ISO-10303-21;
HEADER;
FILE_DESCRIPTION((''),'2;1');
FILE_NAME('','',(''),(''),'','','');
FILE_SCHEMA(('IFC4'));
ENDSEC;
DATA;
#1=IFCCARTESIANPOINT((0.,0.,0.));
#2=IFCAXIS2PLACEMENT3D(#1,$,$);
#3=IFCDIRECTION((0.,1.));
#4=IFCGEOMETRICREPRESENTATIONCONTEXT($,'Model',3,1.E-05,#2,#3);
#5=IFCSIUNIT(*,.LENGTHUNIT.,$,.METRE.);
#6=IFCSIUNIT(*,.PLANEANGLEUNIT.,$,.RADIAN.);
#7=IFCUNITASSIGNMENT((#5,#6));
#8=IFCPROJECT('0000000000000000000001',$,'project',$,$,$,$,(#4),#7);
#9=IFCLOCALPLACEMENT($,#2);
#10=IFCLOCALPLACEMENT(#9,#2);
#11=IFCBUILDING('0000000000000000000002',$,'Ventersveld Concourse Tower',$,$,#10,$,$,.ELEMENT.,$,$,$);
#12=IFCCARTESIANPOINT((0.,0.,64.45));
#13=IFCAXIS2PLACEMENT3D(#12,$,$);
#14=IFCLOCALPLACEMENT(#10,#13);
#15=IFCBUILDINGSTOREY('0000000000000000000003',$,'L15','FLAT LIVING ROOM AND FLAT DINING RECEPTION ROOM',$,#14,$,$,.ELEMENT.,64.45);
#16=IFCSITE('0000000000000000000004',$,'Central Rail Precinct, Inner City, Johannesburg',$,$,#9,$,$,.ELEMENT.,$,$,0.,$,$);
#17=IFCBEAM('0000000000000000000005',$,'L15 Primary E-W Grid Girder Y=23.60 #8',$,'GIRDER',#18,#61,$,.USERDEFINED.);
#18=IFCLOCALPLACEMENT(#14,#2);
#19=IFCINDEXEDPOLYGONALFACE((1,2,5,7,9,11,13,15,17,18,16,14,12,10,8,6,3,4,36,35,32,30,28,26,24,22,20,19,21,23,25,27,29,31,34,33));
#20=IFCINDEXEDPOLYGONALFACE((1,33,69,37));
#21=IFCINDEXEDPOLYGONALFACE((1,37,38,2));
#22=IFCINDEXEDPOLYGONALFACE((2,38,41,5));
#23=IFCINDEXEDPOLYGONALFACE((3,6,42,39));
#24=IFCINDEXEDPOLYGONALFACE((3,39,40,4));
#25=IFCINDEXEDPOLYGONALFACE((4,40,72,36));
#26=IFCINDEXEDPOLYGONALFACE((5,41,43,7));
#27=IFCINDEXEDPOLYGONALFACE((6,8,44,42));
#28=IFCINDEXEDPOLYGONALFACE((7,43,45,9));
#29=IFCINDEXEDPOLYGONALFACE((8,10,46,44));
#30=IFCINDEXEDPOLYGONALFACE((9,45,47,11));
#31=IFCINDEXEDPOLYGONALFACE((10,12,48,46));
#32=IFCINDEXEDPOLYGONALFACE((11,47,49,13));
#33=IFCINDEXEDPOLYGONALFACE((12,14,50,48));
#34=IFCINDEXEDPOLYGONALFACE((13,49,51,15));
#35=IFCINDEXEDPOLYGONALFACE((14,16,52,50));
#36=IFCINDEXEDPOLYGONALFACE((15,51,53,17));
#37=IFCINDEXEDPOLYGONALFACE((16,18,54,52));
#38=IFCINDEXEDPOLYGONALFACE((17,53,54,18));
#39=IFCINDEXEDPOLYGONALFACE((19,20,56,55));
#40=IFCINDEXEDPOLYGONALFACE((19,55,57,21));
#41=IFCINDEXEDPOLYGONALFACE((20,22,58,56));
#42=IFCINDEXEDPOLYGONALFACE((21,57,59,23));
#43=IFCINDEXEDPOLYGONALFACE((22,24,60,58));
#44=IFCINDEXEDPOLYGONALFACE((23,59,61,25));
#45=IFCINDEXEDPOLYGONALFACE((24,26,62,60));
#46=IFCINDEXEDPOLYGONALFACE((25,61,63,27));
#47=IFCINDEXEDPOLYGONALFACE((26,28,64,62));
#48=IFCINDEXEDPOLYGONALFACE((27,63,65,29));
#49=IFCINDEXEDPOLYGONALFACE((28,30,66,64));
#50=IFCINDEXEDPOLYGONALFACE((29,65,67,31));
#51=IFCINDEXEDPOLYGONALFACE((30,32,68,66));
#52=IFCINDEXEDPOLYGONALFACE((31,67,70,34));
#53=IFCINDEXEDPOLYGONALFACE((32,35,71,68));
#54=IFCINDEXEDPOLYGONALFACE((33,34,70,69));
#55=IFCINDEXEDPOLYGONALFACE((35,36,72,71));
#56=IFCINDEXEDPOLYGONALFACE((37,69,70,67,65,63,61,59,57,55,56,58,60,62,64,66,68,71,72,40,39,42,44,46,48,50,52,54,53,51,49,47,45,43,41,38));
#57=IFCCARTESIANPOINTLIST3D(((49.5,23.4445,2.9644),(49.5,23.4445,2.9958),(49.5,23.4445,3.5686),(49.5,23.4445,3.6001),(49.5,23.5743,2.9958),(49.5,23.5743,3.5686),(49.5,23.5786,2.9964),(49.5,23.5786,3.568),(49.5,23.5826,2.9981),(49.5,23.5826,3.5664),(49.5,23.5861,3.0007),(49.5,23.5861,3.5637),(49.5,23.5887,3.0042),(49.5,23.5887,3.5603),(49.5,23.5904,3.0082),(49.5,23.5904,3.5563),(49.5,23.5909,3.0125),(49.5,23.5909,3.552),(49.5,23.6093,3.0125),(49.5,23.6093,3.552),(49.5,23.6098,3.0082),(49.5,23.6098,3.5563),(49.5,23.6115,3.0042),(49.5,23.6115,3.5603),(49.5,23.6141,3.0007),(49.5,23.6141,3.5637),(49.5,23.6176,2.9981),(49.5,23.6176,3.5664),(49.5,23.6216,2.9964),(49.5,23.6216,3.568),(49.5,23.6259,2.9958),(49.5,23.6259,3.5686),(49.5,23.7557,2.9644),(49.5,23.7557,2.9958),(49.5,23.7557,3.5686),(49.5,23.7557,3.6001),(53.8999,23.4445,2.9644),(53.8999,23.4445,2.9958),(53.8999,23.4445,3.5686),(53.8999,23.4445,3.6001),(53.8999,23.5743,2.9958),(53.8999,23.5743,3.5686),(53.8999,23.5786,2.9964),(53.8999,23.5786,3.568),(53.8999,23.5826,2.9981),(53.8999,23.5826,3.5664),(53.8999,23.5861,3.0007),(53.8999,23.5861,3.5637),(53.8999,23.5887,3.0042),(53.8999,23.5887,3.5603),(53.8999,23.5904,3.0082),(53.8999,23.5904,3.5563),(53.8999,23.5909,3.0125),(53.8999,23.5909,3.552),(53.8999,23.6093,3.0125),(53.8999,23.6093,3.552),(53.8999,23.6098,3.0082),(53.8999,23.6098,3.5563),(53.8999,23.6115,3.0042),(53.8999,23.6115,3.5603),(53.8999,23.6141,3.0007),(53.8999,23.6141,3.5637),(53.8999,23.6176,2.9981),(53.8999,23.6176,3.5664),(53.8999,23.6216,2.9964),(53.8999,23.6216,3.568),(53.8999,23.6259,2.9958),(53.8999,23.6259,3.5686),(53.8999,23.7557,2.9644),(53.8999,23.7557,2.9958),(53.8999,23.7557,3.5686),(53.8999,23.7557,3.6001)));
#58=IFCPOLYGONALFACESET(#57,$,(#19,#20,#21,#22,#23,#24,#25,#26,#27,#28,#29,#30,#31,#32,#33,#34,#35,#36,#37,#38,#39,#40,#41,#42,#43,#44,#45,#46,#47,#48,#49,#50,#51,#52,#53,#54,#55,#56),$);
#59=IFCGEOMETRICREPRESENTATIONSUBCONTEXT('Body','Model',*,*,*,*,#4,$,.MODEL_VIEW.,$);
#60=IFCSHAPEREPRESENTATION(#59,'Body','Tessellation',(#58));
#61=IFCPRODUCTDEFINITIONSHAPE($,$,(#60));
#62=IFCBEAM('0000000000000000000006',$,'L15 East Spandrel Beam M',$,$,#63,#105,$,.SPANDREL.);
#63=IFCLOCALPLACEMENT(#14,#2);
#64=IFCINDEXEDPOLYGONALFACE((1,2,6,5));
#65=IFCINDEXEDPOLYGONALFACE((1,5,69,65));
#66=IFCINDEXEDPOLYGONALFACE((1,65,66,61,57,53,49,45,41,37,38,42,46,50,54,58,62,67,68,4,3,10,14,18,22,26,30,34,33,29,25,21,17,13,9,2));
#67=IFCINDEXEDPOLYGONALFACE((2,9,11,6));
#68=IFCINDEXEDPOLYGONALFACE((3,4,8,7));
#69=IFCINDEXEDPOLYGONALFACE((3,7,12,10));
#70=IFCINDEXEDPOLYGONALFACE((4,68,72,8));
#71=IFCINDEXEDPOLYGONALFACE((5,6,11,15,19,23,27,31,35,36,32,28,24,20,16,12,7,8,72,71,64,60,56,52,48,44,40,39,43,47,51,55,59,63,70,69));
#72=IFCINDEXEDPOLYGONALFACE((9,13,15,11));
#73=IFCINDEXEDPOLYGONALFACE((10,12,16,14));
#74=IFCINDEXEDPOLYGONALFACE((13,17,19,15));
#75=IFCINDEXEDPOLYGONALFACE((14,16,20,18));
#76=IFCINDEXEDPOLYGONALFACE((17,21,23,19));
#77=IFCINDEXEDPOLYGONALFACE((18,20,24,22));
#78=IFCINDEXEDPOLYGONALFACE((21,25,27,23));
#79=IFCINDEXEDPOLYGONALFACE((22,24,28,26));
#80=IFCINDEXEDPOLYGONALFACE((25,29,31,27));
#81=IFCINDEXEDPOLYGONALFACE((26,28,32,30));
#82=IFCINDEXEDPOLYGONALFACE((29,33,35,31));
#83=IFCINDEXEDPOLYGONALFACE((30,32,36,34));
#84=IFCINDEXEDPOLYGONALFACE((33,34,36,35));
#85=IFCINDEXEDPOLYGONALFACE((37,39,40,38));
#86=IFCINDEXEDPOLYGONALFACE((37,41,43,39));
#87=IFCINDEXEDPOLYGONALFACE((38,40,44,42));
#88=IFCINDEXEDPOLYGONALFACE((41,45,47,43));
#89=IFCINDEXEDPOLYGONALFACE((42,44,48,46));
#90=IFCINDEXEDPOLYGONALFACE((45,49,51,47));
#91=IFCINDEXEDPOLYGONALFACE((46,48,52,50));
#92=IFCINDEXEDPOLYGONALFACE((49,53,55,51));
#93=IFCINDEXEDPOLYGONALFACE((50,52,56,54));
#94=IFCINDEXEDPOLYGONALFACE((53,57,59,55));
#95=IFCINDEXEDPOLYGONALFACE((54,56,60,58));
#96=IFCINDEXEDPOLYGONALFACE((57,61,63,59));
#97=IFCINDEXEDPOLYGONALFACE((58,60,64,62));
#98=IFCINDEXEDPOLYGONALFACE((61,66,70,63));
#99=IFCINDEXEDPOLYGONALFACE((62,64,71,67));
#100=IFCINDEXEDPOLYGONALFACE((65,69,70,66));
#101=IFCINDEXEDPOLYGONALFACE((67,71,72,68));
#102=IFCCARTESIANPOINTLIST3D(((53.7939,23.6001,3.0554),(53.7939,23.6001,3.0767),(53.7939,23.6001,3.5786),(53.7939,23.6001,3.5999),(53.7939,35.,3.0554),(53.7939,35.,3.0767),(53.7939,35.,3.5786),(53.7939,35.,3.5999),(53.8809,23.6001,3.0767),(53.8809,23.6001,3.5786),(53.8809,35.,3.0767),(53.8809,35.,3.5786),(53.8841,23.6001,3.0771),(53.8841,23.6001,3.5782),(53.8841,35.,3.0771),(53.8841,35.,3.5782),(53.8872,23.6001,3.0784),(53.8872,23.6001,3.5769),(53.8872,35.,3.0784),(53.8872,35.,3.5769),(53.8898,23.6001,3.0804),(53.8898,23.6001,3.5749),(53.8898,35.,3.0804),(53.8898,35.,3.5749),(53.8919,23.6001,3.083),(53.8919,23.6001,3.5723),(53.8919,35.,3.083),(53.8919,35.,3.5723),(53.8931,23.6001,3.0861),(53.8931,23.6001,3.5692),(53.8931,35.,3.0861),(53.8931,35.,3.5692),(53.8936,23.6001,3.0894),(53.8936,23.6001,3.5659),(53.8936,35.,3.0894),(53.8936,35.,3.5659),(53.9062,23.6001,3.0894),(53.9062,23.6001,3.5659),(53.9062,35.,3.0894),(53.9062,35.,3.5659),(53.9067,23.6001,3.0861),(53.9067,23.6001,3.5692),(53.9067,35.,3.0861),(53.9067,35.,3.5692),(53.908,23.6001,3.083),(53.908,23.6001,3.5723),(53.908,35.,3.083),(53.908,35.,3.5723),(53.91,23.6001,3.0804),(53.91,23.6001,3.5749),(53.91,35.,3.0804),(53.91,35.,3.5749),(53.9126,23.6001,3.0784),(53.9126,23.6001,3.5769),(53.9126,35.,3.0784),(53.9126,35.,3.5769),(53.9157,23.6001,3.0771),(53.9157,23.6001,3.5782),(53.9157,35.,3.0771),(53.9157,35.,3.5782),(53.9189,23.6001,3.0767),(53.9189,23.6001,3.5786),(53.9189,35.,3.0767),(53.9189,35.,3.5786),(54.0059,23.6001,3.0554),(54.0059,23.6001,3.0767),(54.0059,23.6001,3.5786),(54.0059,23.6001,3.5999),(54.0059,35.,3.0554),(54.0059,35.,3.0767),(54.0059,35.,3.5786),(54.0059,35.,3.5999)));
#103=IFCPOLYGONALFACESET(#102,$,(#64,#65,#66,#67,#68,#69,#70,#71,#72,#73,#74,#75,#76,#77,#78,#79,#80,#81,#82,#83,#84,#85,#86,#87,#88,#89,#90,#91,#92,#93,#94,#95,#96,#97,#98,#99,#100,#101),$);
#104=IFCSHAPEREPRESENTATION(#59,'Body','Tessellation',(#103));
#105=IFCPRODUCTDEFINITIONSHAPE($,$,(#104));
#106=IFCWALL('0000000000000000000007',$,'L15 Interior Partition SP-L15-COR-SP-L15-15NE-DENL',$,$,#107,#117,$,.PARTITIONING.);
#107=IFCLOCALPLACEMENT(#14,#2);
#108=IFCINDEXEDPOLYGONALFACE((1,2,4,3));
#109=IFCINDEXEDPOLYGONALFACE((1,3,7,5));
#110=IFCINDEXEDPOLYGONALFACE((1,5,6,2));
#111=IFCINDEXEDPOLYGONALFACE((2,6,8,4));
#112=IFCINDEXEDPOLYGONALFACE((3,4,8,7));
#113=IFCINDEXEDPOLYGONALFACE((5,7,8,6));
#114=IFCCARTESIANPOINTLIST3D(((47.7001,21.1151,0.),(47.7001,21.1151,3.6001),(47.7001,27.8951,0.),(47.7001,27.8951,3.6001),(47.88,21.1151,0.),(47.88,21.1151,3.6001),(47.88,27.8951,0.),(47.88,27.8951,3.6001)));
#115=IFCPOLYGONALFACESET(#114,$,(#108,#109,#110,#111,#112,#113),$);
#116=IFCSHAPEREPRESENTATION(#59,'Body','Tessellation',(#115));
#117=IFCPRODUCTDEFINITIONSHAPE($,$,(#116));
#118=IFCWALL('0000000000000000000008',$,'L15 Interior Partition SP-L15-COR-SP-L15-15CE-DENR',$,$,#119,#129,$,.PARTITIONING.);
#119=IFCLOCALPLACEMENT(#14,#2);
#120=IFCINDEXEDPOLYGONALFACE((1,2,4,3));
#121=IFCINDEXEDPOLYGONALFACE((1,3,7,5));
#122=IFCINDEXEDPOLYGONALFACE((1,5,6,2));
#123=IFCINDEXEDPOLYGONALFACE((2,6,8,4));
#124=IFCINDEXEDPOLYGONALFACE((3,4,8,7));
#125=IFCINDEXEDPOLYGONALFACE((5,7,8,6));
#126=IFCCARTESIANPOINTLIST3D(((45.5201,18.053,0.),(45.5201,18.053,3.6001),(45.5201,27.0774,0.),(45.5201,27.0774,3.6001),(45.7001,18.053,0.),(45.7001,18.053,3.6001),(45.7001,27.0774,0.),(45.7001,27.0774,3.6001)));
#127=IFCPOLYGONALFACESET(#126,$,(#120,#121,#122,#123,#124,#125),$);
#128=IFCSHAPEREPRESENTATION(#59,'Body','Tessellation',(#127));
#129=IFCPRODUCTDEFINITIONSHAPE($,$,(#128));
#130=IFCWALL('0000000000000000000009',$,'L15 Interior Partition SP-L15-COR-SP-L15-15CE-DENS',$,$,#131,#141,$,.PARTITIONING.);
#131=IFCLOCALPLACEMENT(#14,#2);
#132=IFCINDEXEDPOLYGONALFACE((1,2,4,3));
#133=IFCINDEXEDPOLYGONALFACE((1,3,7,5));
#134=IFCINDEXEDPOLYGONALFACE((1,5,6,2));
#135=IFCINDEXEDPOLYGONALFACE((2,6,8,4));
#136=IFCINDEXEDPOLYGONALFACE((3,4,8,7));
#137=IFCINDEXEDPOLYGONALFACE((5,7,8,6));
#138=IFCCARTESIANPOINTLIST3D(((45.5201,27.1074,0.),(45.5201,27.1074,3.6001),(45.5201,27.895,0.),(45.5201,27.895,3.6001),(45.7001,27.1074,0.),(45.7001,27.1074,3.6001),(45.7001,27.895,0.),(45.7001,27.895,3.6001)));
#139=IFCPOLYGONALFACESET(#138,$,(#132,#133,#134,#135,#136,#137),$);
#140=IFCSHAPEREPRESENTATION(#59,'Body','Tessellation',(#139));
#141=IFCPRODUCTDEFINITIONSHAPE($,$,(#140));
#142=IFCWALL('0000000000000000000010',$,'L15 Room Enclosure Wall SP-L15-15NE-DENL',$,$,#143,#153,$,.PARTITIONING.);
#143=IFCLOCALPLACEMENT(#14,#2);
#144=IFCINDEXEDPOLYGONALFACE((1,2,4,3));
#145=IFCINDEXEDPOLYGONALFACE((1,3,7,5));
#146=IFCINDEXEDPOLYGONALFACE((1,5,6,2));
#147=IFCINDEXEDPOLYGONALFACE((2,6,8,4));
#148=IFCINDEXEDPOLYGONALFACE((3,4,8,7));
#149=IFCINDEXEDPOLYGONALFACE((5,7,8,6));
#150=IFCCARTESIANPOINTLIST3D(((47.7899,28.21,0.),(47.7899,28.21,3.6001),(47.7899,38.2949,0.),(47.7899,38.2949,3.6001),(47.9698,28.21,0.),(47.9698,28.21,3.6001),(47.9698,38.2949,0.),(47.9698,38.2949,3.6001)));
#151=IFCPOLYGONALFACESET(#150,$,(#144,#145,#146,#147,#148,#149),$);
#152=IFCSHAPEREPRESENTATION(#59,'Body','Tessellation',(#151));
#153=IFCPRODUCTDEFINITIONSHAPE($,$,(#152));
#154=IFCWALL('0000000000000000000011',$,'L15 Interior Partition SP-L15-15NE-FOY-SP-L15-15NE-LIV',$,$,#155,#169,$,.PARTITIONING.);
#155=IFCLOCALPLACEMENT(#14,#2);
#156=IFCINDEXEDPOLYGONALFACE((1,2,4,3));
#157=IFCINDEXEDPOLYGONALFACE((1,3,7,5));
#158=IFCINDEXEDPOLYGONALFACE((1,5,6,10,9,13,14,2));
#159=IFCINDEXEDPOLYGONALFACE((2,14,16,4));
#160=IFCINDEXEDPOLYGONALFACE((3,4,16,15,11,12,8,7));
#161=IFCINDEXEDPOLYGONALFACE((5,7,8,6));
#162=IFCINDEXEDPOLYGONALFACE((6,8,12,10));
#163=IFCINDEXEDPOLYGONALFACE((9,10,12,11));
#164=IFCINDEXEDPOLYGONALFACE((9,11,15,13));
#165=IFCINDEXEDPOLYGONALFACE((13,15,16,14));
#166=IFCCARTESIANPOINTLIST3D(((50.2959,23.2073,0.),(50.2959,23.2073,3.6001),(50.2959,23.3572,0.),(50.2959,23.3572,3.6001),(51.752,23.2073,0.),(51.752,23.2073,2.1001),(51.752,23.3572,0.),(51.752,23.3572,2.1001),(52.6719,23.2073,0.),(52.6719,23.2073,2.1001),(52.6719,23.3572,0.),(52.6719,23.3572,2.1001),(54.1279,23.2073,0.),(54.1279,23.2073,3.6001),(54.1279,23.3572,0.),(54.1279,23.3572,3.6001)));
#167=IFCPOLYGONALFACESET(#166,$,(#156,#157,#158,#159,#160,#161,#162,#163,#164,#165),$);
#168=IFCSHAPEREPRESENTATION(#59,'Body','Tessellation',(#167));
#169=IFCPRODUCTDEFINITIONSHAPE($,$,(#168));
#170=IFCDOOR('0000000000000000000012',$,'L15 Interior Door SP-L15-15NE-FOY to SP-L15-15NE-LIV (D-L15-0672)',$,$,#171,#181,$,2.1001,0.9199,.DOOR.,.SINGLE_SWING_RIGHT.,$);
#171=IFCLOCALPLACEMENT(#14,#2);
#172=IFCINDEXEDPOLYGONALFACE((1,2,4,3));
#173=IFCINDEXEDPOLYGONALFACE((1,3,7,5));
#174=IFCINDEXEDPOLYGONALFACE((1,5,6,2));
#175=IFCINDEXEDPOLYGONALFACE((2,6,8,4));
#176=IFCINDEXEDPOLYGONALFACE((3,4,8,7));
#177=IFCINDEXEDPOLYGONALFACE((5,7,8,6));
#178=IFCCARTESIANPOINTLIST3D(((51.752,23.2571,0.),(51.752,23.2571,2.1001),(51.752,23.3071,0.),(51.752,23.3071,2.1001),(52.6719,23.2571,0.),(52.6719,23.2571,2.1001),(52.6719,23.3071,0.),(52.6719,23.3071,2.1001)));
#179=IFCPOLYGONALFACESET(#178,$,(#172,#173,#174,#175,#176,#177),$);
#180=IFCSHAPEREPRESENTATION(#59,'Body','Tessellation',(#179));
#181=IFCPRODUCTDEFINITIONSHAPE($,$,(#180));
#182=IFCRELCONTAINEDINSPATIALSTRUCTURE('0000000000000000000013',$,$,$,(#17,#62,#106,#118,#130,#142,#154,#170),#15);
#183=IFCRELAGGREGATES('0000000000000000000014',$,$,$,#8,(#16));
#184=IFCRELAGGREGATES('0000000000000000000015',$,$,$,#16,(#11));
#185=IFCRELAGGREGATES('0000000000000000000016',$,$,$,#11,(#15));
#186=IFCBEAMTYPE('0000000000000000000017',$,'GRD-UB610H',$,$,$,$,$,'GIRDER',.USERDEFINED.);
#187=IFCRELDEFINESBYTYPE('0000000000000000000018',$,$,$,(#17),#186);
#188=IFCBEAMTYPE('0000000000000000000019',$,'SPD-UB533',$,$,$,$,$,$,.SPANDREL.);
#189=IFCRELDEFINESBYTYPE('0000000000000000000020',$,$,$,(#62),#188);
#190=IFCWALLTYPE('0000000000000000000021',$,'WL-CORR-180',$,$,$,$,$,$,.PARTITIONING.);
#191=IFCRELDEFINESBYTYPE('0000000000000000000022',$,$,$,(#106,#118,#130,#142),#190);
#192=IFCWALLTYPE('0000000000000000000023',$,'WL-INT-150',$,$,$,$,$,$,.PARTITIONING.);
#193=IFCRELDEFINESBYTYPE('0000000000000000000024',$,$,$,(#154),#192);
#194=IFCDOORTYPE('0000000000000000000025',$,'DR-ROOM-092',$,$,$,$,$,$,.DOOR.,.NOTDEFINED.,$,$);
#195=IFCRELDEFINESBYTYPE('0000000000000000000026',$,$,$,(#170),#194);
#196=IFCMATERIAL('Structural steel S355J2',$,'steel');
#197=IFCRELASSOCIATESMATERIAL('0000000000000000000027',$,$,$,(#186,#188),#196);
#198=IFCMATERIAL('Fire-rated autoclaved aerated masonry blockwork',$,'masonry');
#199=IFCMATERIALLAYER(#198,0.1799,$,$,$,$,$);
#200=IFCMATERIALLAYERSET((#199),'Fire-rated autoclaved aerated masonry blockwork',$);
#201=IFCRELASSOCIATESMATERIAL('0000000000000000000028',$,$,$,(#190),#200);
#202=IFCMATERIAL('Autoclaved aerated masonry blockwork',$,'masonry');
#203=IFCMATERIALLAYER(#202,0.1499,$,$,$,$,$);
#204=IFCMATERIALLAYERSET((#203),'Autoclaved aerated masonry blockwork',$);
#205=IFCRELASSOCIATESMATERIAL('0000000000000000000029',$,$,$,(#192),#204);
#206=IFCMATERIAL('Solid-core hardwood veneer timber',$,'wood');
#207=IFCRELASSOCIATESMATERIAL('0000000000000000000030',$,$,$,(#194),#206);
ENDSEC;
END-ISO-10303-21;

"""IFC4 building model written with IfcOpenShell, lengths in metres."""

from ifc_helpers import new_model, si_unit, direction, frame, frame_2d, origin, origin_2d, place, context, subcontext, project, spatial, rectangle, i_section, extrude, material, layer, layer_set, material_profile, profile_set, type_object, element, fill, save


model = new_model("IFC4")

# Units and contexts
model_context = context("Model", 3, precision=1e-05, world=origin(), true_north=direction((0.0, 1.0)))
body_context = subcontext(model_context, "Body", "Model", "MODEL_VIEW")
ifc_project = project(units=[si_unit("LENGTHUNIT", "METRE"), si_unit("PLANEANGLEUNIT", "RADIAN")], contexts=[model_context])

# Site, building, storey
site_placement = place(None, origin())
site = spatial("IfcSite", under=ifc_project, at=site_placement, Name="Central Rail Precinct, Inner City, Johannesburg", CompositionType="ELEMENT", RefElevation=0.0)
building_placement = place(site_placement, origin())
building = spatial("IfcBuilding", under=site, at=building_placement, Name="Ventersveld Concourse Tower", CompositionType="ELEMENT")
storey_placement = place(building_placement, frame((0.0, 0.0, 64.45)))
storey = spatial("IfcBuildingStorey", under=building, at=storey_placement, Name="L15", Description="FLAT LIVING ROOM AND FLAT DINING RECEPTION ROOM", CompositionType="ELEMENT", Elevation=64.45)

# Beams
ifc_material_1 = material(Name="Structural steel S355J2", Category="steel")
ifc_material_profile_1 = material_profile(ifc_material_1, i_section(OverallWidth=0.3113, OverallDepth=0.6357, WebThickness=0.0183, FlangeThickness=0.0315, FilletRadius=0.0166, at=origin_2d()), Name="UB 610x305x238")
ifc_profile_set_1 = profile_set([ifc_material_profile_1], Name="Structural steel S355J2")
beam_type_1 = type_object("IfcBeamType", Name="GRD-UB610H", ElementType="GIRDER", PredefinedType="USERDEFINED", material=ifc_profile_set_1)
beam_1_placement = place(storey_placement, frame((49.5, 23.6001, 3.2822), z_axis=(1.0, 0.0, 0.0), x_axis=(0.0, 1.0, 0.0)))
element("IfcBeam", 1, at=beam_1_placement, inside=storey, type_object=beam_type_1, Name="L15 Primary E-W Grid Girder Y=23.60 #8", ObjectType="GIRDER", PredefinedType="USERDEFINED", context=body_context, shape_type="SweptSolid", body=[
    extrude(i_section(OverallWidth=0.3113, OverallDepth=0.6357, WebThickness=0.0183, FlangeThickness=0.0315, FilletRadius=0.0166, at=origin_2d()), origin(), (0.0, 0.0, 1.0), 4.3999),
])
ifc_material_profile_2 = material_profile(ifc_material_1, i_section(OverallWidth=0.2119, OverallDepth=0.5444, WebThickness=0.0127, FlangeThickness=0.0212, FilletRadius=0.0127, at=origin_2d()), Name="UB 533x210x122")
ifc_profile_set_2 = profile_set([ifc_material_profile_2], Name="Structural steel S355J2")
beam_type_2 = type_object("IfcBeamType", Name="SPD-UB533", PredefinedType="SPANDREL", material=ifc_profile_set_2)
beam_2_placement = place(storey_placement, frame((53.8999, 23.6001, 3.3276), z_axis=(0.0, 1.0, 0.0), x_axis=(-1.0, 0.0, 0.0)))
element("IfcBeam", 2, at=beam_2_placement, inside=storey, type_object=beam_type_2, Name="L15 East Spandrel Beam M", PredefinedType="SPANDREL", context=body_context, shape_type="SweptSolid", body=[
    extrude(i_section(OverallWidth=0.2119, OverallDepth=0.5444, WebThickness=0.0127, FlangeThickness=0.0212, FilletRadius=0.0127, at=origin_2d()), origin(), (0.0, 0.0, 1.0), 11.3999),
])

# Walls
ifc_material_2 = material(Name="Fire-rated autoclaved aerated masonry blockwork", Category="masonry")
ifc_layer_1 = layer(ifc_material_2, 0.1799)
ifc_layer_set_1 = layer_set([ifc_layer_1], Name="Fire-rated autoclaved aerated masonry blockwork")
wall_type_1 = type_object("IfcWallType", Name="WL-CORR-180", PredefinedType="PARTITIONING", material=ifc_layer_set_1)
wall_1_placement = place(storey_placement, frame((47.79, 21.115, 0.0), z_axis=(0.0, 0.0, 1.0), x_axis=(0.0, 1.0, 0.0)))
element("IfcWall", 3, at=wall_1_placement, inside=storey, type_object=wall_type_1, Name="L15 Interior Partition SP-L15-COR-SP-L15-15NE-DENL", PredefinedType="PARTITIONING", context=body_context, shape_type="SweptSolid", body=[
    extrude(rectangle(XDim=6.78, YDim=0.1799, at=frame_2d((3.3901, 0.0))), origin(), (0.0, 0.0, 1.0), 3.6001),
])
wall_2_placement = place(storey_placement, frame((45.6101, 18.053, 0.0), z_axis=(0.0, 0.0, 1.0), x_axis=(0.0, 1.0, 0.0)))
element("IfcWall", 4, at=wall_2_placement, inside=storey, type_object=wall_type_1, Name="L15 Interior Partition SP-L15-COR-SP-L15-15CE-DENR", PredefinedType="PARTITIONING", context=body_context, shape_type="SweptSolid", body=[
    extrude(rectangle(XDim=9.0244, YDim=0.1799, at=frame_2d((4.5122, 0.0))), origin(), (0.0, 0.0, 1.0), 3.6001),
])
wall_3_placement = place(storey_placement, frame((45.6101, 27.1074, 0.0), z_axis=(0.0, 0.0, 1.0), x_axis=(0.0, 1.0, 0.0)))
element("IfcWall", 5, at=wall_3_placement, inside=storey, type_object=wall_type_1, Name="L15 Interior Partition SP-L15-COR-SP-L15-15CE-DENS", PredefinedType="PARTITIONING", context=body_context, shape_type="SweptSolid", body=[
    extrude(rectangle(XDim=0.7876, YDim=0.1799, at=frame_2d((0.3938, 0.0))), origin(), (0.0, 0.0, 1.0), 3.6001),
])
wall_4_placement = place(storey_placement, frame((47.8799, 28.21, 0.0), z_axis=(0.0, 0.0, 1.0), x_axis=(0.0, 1.0, 0.0)))
element("IfcWall", 6, at=wall_4_placement, inside=storey, type_object=wall_type_1, Name="L15 Room Enclosure Wall SP-L15-15NE-DENL", PredefinedType="PARTITIONING", context=body_context, shape_type="SweptSolid", body=[
    extrude(rectangle(XDim=10.085, YDim=0.1799, at=frame_2d((5.0425, 0.0))), origin(), (0.0, 0.0, 1.0), 3.6001),
])

# Wall, opening, door
ifc_material_3 = material(Name="Autoclaved aerated masonry blockwork", Category="masonry")
ifc_layer_2 = layer(ifc_material_3, 0.1499)
ifc_layer_set_2 = layer_set([ifc_layer_2], Name="Autoclaved aerated masonry blockwork")
wall_type_2 = type_object("IfcWallType", Name="WL-INT-150", PredefinedType="PARTITIONING", material=ifc_layer_set_2)
wall_5_placement = place(storey_placement, frame((50.2959, 23.2822, 0.0), z_axis=(0.0, 0.0, 1.0), x_axis=(1.0, 0.0, 0.0)))
wall_5 = element("IfcWall", 7, at=wall_5_placement, inside=storey, type_object=wall_type_2, Name="L15 Interior Partition SP-L15-15NE-FOY-SP-L15-15NE-LIV", PredefinedType="PARTITIONING", context=body_context, shape_type="SweptSolid", body=[
    extrude(rectangle(XDim=3.832, YDim=0.1499, at=frame_2d((1.916, 0.0))), origin(), (0.0, 0.0, 1.0), 3.6001),
])
opening_1_placement = place(wall_5_placement, frame((1.4561, 0.0, 0.0)))
opening_1 = element("IfcOpeningElement", 8, at=opening_1_placement, cuts=wall_5, PredefinedType="OPENING", context=body_context, shape_type="SweptSolid", body=[
    extrude(rectangle(XDim=0.9199, YDim=2.1001, at=frame_2d((0.46, 1.05))), frame((0.0, 0.085, 0.0), z_axis=(0.0, -1.0, 0.0), x_axis=(1.0, 0.0, 0.0)), (0.0, 0.0, 1.0), 0.1699),
])
ifc_material_4 = material(Name="Solid-core hardwood veneer timber", Category="wood")
door_type = type_object("IfcDoorType", Name="DR-ROOM-092", OperationType="NOTDEFINED", PredefinedType="DOOR", material=ifc_material_4)
door_1_placement = place(opening_1_placement, origin())
door_1 = element("IfcDoor", 9, at=door_1_placement, inside=storey, type_object=door_type, Name="L15 Interior Door SP-L15-15NE-FOY to SP-L15-15NE-LIV (D-L15-0672)", OperationType="SINGLE_SWING_RIGHT", OverallHeight=2.1001, OverallWidth=0.9199, PredefinedType="DOOR", context=body_context, shape_type="SweptSolid", body=[
    extrude(rectangle(XDim=0.9199, YDim=2.1001, at=frame_2d((0.46, 1.05))), frame((0.0, 0.0249, 0.0), z_axis=(0.0, -1.0, 0.0), x_axis=(1.0, 0.0, 0.0)), (0.0, 0.0, 1.0), 0.05),
])
fill(opening_1, door_1)

save(model, "model.ifc")
